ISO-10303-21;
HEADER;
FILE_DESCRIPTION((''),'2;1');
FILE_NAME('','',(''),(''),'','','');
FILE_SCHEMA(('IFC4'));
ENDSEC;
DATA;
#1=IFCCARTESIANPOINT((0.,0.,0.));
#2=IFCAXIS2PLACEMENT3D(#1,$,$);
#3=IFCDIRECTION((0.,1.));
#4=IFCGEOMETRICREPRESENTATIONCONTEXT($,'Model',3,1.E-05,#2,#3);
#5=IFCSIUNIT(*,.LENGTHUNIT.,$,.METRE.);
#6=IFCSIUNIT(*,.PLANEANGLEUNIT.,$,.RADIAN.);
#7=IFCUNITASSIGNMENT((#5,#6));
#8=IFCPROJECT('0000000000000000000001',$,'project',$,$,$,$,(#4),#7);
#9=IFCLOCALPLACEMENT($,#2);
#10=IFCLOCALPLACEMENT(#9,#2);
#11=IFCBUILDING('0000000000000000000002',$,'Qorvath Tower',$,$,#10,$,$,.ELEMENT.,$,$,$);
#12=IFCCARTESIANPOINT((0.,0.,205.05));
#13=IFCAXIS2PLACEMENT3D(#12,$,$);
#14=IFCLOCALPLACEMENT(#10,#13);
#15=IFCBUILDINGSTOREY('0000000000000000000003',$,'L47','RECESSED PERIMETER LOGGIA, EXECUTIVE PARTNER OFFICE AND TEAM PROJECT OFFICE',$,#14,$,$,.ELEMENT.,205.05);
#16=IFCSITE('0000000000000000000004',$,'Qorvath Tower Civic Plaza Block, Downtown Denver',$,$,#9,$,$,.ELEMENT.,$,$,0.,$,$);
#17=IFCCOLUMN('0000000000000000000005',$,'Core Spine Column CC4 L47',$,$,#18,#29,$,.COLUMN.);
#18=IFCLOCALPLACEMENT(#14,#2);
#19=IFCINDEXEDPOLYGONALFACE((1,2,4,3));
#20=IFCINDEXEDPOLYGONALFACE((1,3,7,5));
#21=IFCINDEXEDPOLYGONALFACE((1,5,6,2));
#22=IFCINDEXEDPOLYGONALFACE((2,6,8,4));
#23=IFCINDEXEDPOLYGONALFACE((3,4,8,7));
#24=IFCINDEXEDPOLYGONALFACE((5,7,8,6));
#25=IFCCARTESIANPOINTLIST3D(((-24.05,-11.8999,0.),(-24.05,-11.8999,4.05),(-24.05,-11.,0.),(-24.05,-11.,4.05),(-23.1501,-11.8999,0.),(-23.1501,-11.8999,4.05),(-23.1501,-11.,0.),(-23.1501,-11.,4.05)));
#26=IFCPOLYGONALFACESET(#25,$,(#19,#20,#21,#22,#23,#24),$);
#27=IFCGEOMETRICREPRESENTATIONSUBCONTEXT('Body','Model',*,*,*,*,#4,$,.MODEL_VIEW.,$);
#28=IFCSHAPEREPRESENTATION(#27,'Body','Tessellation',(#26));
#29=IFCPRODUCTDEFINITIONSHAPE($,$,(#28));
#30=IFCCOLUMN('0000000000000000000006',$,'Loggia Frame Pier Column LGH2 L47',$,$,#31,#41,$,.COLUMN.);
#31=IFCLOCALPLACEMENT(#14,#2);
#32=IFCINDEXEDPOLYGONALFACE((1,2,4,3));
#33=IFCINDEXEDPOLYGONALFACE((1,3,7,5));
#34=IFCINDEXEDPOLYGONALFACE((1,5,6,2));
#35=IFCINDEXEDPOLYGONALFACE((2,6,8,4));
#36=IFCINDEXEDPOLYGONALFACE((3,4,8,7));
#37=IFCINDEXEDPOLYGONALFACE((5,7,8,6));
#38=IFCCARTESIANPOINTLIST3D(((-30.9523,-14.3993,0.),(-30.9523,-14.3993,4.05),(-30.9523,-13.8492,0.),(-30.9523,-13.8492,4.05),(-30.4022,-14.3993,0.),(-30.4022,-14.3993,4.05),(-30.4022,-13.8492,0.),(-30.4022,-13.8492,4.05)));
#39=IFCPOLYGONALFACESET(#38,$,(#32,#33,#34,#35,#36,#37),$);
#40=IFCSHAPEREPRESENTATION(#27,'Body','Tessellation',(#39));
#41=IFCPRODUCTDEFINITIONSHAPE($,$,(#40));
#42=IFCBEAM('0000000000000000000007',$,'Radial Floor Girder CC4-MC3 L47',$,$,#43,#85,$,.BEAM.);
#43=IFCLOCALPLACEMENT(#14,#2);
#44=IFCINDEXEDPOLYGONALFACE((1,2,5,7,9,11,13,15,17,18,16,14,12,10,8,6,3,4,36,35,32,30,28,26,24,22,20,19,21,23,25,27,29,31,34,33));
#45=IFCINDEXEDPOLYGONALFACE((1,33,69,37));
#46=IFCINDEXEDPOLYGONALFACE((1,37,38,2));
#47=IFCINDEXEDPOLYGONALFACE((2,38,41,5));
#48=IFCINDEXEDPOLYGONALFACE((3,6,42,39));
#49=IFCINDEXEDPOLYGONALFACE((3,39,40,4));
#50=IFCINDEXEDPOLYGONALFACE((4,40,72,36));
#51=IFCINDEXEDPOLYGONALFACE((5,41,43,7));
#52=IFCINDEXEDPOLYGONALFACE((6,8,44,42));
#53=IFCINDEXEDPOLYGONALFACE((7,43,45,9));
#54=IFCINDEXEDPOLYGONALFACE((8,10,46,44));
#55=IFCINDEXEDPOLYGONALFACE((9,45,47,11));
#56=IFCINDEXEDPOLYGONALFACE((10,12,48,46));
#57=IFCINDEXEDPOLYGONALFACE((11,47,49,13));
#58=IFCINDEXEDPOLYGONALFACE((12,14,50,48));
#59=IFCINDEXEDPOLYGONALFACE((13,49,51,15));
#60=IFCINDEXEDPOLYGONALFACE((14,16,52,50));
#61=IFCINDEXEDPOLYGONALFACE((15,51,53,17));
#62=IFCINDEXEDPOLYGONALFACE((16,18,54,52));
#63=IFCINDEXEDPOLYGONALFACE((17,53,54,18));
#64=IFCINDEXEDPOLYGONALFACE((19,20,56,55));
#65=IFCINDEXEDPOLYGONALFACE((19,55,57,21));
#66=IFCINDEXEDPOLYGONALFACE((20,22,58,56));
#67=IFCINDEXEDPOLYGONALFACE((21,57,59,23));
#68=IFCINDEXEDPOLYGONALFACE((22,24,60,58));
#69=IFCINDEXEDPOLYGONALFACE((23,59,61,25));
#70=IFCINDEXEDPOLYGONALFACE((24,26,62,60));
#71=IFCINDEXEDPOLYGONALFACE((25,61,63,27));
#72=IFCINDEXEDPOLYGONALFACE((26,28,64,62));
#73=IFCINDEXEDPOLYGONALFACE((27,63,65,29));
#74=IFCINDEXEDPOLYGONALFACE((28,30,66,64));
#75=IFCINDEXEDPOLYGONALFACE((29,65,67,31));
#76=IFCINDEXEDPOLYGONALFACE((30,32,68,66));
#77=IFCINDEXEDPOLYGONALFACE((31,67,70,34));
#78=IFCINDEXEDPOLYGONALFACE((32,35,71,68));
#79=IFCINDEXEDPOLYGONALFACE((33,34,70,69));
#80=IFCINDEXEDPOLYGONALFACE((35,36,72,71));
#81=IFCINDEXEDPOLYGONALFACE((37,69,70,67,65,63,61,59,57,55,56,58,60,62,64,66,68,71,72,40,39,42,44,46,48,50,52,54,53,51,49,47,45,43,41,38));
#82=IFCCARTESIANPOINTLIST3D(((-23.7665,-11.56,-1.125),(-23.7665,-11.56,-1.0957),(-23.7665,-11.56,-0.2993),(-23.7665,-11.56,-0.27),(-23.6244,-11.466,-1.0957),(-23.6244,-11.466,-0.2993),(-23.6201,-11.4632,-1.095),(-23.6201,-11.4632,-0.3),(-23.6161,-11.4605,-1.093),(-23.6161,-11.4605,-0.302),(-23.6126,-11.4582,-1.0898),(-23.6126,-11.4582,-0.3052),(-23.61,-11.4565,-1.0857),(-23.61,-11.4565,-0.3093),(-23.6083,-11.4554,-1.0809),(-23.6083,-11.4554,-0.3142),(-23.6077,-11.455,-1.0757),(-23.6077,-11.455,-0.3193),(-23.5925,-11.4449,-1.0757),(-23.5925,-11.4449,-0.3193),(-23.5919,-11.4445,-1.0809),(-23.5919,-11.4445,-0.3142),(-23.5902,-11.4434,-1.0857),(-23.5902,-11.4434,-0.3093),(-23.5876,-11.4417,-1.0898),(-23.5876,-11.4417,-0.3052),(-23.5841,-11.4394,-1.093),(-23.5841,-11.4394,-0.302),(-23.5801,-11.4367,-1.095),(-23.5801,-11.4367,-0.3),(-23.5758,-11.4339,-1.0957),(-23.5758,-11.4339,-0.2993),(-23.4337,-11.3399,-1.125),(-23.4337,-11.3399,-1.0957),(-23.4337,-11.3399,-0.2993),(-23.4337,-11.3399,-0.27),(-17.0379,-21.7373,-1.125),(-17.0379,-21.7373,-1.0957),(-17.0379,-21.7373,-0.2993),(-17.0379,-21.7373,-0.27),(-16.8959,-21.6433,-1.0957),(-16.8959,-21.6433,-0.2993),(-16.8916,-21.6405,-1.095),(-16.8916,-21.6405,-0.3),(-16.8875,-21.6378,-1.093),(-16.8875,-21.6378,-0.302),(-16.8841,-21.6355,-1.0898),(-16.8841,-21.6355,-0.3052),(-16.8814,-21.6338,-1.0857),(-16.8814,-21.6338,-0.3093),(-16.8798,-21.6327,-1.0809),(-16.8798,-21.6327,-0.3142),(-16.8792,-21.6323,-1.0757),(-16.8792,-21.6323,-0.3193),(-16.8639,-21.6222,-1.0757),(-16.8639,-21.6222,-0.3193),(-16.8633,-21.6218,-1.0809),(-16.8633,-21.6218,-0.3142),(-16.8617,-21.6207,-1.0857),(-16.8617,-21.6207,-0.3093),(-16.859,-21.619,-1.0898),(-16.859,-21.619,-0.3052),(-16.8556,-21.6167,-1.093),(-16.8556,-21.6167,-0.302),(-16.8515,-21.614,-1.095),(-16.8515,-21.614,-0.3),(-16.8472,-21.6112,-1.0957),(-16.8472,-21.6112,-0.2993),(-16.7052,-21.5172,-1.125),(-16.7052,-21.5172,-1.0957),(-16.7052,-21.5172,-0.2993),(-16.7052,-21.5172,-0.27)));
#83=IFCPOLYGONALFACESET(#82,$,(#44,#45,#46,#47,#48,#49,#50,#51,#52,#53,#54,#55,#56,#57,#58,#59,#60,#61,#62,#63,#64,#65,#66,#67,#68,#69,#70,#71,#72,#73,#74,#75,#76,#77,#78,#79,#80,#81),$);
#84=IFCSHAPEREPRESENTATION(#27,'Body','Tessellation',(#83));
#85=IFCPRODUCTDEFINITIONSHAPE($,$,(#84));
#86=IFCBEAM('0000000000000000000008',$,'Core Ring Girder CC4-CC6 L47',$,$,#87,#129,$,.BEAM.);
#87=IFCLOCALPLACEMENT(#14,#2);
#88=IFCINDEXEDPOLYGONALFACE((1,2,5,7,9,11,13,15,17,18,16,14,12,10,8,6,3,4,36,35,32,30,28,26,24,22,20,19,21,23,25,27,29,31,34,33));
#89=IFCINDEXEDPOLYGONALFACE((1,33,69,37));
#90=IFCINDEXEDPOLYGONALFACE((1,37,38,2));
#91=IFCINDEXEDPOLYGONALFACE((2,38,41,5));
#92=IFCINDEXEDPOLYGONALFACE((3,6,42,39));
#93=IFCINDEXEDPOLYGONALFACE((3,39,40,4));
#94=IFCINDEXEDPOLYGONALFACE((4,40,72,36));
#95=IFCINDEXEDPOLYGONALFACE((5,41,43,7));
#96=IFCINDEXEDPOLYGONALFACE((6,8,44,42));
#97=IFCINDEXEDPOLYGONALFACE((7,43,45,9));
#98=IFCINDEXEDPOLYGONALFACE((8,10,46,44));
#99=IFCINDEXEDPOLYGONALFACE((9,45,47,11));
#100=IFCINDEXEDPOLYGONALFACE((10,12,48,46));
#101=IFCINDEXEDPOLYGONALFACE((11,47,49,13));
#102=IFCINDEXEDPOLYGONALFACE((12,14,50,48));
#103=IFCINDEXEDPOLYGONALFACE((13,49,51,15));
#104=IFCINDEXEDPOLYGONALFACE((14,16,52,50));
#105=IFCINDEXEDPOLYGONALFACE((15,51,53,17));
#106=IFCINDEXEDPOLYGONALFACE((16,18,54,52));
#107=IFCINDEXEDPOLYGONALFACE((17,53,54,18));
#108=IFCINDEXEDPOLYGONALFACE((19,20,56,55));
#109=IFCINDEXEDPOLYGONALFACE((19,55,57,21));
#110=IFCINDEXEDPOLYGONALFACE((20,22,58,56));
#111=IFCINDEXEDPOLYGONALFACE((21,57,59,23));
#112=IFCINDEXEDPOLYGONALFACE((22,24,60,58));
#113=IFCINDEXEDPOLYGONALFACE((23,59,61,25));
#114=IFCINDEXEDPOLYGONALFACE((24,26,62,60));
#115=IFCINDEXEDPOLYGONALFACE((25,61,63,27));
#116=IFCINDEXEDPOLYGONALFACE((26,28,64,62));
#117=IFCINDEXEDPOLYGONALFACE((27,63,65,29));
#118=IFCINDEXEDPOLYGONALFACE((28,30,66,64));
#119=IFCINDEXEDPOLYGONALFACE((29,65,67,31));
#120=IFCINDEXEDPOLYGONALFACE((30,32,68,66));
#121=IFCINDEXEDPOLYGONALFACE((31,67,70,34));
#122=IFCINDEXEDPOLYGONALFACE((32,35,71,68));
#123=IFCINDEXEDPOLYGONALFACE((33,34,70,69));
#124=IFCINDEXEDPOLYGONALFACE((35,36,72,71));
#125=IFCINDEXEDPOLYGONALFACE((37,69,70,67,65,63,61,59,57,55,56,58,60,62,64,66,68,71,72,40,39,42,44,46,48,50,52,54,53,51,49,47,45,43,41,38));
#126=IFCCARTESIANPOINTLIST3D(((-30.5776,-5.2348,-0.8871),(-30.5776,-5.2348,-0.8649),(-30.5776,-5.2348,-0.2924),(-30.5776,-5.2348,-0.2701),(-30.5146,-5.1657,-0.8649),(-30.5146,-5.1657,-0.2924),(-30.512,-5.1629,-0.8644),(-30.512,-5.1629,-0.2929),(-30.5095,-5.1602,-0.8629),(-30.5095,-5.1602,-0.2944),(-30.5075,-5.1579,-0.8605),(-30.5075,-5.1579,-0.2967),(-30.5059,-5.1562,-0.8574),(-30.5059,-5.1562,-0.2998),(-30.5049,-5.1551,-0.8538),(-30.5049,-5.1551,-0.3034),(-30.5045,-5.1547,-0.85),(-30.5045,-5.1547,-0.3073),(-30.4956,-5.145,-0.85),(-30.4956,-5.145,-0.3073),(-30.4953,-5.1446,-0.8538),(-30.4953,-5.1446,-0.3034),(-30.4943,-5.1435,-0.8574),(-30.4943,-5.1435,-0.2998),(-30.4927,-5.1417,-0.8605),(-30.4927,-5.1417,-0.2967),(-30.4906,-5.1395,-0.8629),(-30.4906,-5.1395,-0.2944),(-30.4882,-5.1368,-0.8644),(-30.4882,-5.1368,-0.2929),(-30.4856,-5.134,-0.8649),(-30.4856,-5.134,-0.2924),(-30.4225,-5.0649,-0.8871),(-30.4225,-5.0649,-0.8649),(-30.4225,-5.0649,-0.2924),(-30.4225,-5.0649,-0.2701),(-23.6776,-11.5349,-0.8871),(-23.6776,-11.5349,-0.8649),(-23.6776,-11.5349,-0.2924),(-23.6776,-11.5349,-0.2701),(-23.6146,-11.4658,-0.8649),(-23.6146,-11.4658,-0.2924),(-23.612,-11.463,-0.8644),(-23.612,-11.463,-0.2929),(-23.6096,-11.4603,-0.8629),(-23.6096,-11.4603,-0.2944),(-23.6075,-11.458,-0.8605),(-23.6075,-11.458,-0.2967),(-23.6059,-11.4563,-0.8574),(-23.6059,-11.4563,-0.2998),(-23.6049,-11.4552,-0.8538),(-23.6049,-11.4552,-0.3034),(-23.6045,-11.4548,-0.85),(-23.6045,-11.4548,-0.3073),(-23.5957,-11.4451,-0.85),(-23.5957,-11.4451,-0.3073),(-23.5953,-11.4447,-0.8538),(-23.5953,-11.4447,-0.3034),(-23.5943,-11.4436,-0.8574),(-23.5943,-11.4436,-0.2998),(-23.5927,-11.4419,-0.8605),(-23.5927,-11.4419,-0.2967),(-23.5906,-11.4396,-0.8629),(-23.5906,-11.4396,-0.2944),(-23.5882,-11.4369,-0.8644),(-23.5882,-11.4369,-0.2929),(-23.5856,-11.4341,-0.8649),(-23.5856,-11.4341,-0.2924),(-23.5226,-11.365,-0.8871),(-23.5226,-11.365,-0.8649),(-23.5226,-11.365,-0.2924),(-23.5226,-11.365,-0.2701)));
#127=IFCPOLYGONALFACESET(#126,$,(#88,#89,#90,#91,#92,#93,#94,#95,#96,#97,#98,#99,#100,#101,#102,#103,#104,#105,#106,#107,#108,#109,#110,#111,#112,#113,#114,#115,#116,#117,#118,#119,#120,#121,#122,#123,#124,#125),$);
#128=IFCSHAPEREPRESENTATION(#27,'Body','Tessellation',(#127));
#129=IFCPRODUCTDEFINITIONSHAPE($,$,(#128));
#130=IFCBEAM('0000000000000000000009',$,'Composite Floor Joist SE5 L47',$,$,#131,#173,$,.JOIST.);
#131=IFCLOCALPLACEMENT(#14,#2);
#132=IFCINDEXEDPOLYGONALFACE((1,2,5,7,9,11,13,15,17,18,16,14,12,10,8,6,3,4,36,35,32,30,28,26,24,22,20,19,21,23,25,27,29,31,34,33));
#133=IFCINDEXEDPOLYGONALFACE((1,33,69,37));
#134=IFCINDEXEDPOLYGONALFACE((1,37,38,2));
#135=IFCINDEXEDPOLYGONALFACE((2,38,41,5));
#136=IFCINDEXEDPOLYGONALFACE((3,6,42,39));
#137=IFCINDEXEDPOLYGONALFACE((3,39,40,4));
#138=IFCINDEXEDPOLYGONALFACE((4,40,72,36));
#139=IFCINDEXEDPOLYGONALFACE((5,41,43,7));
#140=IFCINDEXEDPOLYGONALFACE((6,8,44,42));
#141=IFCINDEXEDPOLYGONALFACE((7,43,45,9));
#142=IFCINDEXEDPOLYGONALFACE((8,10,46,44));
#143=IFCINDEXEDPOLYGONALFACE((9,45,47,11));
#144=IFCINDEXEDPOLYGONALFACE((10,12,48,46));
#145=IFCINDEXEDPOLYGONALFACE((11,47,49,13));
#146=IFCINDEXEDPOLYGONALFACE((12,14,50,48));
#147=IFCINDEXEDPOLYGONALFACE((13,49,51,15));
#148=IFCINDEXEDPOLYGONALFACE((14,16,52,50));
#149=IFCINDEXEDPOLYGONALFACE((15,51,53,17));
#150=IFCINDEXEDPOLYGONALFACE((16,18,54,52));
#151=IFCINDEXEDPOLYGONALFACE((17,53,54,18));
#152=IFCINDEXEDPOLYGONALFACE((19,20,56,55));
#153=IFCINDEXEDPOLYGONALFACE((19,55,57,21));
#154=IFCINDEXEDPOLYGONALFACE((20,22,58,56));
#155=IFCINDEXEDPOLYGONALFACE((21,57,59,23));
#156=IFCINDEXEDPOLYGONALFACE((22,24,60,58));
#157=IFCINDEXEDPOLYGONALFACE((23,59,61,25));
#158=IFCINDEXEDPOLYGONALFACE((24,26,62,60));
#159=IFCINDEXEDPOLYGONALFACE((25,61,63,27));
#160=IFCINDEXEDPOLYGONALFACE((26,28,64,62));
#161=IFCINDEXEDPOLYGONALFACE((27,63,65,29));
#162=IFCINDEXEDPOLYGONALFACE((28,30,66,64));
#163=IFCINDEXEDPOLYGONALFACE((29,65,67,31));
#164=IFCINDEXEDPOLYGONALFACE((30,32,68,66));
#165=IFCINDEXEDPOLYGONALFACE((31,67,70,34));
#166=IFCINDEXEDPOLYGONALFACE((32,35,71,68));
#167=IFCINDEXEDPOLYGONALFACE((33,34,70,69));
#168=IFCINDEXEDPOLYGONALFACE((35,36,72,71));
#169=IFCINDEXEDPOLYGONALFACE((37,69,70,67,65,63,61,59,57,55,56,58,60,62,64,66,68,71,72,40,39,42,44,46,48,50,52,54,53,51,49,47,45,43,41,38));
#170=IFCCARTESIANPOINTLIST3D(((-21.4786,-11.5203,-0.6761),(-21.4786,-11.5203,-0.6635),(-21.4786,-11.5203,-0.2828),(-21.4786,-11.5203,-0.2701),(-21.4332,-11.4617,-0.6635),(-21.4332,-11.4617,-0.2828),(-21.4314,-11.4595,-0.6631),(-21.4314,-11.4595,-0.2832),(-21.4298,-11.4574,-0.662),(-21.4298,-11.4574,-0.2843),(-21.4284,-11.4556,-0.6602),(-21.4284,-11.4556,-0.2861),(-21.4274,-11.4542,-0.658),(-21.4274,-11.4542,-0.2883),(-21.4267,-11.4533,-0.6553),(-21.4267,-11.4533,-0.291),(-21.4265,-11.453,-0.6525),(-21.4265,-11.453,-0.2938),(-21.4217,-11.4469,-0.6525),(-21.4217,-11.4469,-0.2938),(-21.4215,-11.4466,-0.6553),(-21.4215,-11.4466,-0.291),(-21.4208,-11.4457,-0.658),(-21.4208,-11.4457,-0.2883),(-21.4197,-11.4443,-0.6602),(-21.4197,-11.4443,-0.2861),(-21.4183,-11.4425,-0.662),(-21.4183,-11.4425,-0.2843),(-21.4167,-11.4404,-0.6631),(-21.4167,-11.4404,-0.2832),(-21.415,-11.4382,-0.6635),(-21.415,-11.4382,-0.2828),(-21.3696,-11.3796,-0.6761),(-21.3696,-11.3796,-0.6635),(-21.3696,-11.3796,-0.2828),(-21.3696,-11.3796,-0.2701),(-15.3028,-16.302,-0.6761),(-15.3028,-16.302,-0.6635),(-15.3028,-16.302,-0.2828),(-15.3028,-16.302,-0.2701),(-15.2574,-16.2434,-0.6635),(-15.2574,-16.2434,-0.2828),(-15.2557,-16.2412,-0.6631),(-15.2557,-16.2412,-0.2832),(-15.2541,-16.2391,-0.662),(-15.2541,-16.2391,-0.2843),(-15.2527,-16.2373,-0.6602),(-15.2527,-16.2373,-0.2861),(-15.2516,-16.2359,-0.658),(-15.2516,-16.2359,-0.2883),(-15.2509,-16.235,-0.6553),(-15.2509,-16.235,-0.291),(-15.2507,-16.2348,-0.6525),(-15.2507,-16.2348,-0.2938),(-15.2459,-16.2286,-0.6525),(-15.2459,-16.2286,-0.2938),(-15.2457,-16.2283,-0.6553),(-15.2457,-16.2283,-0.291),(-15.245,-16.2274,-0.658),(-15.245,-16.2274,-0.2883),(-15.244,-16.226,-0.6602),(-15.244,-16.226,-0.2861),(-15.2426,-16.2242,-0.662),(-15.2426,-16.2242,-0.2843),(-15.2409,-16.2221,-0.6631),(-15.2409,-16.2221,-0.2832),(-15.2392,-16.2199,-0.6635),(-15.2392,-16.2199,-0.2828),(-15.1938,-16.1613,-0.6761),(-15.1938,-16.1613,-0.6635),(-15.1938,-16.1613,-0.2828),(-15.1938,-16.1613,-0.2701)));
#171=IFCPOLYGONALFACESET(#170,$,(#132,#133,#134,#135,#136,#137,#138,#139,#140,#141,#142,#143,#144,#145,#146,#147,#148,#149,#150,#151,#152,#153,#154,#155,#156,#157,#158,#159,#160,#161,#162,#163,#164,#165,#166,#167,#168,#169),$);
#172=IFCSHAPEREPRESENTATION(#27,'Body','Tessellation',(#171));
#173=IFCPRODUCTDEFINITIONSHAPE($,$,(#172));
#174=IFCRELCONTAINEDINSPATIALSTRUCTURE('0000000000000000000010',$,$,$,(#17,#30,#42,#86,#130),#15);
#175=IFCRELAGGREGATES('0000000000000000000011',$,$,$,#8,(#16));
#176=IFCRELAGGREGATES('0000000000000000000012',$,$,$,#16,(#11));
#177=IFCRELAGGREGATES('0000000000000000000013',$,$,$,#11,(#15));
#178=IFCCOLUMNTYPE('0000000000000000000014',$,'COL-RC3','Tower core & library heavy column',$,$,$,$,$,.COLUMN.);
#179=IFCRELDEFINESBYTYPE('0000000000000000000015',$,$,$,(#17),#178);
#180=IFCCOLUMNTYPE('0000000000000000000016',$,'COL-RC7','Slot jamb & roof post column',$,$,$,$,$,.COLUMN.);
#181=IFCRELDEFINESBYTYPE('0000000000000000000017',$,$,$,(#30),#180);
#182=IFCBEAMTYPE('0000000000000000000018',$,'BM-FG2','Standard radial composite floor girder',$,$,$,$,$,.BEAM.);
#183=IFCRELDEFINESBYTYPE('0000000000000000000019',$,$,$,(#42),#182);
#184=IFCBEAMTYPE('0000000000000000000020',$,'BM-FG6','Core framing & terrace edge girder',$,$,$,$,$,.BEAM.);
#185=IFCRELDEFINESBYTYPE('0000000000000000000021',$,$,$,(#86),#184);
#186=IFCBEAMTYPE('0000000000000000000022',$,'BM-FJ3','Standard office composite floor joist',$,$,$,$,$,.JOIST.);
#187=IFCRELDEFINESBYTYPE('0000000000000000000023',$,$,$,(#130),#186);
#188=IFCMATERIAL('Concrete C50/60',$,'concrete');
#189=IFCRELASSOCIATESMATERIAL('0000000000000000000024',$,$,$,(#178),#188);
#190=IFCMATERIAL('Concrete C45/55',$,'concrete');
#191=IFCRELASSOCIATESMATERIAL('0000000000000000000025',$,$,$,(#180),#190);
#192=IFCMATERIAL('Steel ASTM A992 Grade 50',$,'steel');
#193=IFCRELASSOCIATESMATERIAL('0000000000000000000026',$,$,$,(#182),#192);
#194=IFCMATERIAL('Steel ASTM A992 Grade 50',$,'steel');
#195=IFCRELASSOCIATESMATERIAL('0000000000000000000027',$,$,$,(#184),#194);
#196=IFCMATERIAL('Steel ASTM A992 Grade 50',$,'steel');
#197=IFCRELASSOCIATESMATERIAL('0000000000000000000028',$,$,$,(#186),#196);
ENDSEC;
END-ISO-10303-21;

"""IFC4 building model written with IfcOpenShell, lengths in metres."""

from ifc_helpers import new_model, si_unit, direction, frame, origin, origin_2d, place, context, subcontext, project, spatial, rectangle, i_section, extrude, material, material_profile, profile_set, type_object, element, save


model = new_model("IFC4")

# Units and contexts
model_context = context("Model", 3, precision=1e-05, world=origin(), true_north=direction((0.0, 1.0)))
body_context = subcontext(model_context, "Body", "Model", "MODEL_VIEW")
ifc_project = project(units=[si_unit("LENGTHUNIT", "METRE"), si_unit("PLANEANGLEUNIT", "RADIAN")], contexts=[model_context])

# Site, building, storey
site_placement = place(None, origin())
site = spatial("IfcSite", under=ifc_project, at=site_placement, Name="Qorvath Tower Civic Plaza Block, Downtown Denver", CompositionType="ELEMENT", RefElevation=0.0)
building_placement = place(site_placement, origin())
building = spatial("IfcBuilding", under=site, at=building_placement, Name="Qorvath Tower", CompositionType="ELEMENT")
storey_placement = place(building_placement, frame((0.0, 0.0, 205.05)))
storey = spatial("IfcBuildingStorey", under=building, at=storey_placement, Name="L47", Description="RECESSED PERIMETER LOGGIA, EXECUTIVE PARTNER OFFICE AND TEAM PROJECT OFFICE", CompositionType="ELEMENT", Elevation=205.05)

# Columns
ifc_material_1 = material(Name="Concrete C50/60", Category="concrete")
ifc_material_profile_1 = material_profile(ifc_material_1, rectangle(XDim=0.8999, YDim=0.8999, at=origin_2d()), Name="RC 900x900")
ifc_profile_set_1 = profile_set([ifc_material_profile_1], Name="Concrete C50/60")
column_type_1 = type_object("IfcColumnType", Name="COL-RC3", Description="Tower core & library heavy column", PredefinedType="COLUMN", material=ifc_profile_set_1)
column_1_placement = place(storey_placement, frame((-23.6001, -11.45, 0.0), z_axis=(0.0, 0.0, 1.0), x_axis=(1.0, 0.0, 0.0)))
element("IfcColumn", 1, at=column_1_placement, inside=storey, type_object=column_type_1, Name="Core Spine Column CC4 L47", PredefinedType="COLUMN", context=body_context, shape_type="SweptSolid", body=[
    extrude(rectangle(XDim=0.8999, YDim=0.8999, at=origin_2d()), origin(), (0.0, 0.0, 1.0), 4.05),
])
ifc_material_2 = material(Name="Concrete C45/55", Category="concrete")
ifc_material_profile_2 = material_profile(ifc_material_2, rectangle(XDim=0.55, YDim=0.55, at=origin_2d()), Name="RC 550x550")
ifc_profile_set_2 = profile_set([ifc_material_profile_2], Name="Concrete C45/55")
column_type_2 = type_object("IfcColumnType", Name="COL-RC7", Description="Slot jamb & roof post column", PredefinedType="COLUMN", material=ifc_profile_set_2)
column_2_placement = place(storey_placement, frame((-30.6772, -14.1243, 0.0), z_axis=(0.0, 0.0, 1.0), x_axis=(1.0, 0.0, 0.0)))
element("IfcColumn", 2, at=column_2_placement, inside=storey, type_object=column_type_2, Name="Loggia Frame Pier Column LGH2 L47", PredefinedType="COLUMN", context=body_context, shape_type="SweptSolid", body=[
    extrude(rectangle(XDim=0.55, YDim=0.55, at=origin_2d()), origin(), (0.0, 0.0, 1.0), 4.05),
])

# Beams
ifc_material_3 = material(Name="Steel ASTM A992 Grade 50", Category="steel")
ifc_material_profile_3 = material_profile(ifc_material_3, i_section(OverallWidth=0.3989, OverallDepth=0.855, WebThickness=0.0183, FlangeThickness=0.0293, FilletRadius=0.02, at=origin_2d()), Name="W33x201")
ifc_profile_set_3 = profile_set([ifc_material_profile_3], Name="Steel ASTM A992 Grade 50")
beam_type_1 = type_object("IfcBeamType", Name="BM-FG2", Description="Standard radial composite floor girder", PredefinedType="BEAM", material=ifc_profile_set_3)
beam_1_placement = place(storey_placement, frame((-23.6001, -11.45, -0.6975), z_axis=(0.551501, -0.834175, 0.0), x_axis=(0.834175, 0.551501, 0.0)))
element("IfcBeam", 3, at=beam_1_placement, inside=storey, type_object=beam_type_1, Name="Radial Floor Girder CC4-MC3 L47", PredefinedType="BEAM", context=body_context, shape_type="SweptSolid", body=[
    extrude(i_section(OverallWidth=0.3989, OverallDepth=0.855, WebThickness=0.0183, FlangeThickness=0.0293, FilletRadius=0.02, at=origin_2d()), origin(), (0.0, 0.0, 1.0), 12.2004),
])
ifc_material_4 = material(Name="Steel ASTM A992 Grade 50", Category="steel")
ifc_material_profile_4 = material_profile(ifc_material_4, i_section(OverallWidth=0.23, OverallDepth=0.6169, WebThickness=0.0132, FlangeThickness=0.0222, FilletRadius=0.0149, at=origin_2d()), Name="W24x94")
ifc_profile_set_4 = profile_set([ifc_material_profile_4], Name="Steel ASTM A992 Grade 50")
beam_type_2 = type_object("IfcBeamType", Name="BM-FG6", Description="Core framing & terrace edge girder", PredefinedType="BEAM", material=ifc_profile_set_4)
beam_2_placement = place(storey_placement, frame((-23.6001, -11.45, -0.5786), z_axis=(-0.738478, 0.674277, 0.0), x_axis=(-0.674277, -0.738478, 0.0)))
element("IfcBeam", 4, at=beam_2_placement, inside=storey, type_object=beam_type_2, Name="Core Ring Girder CC4-CC6 L47", PredefinedType="BEAM", context=body_context, shape_type="SweptSolid", body=[
    extrude(i_section(OverallWidth=0.23, OverallDepth=0.6169, WebThickness=0.0132, FlangeThickness=0.0222, FilletRadius=0.0149, at=origin_2d()), origin(), (0.0, 0.0, 1.0), 9.3435),
])
ifc_material_5 = material(Name="Steel ASTM A992 Grade 50", Category="steel")
ifc_material_profile_5 = material_profile(ifc_material_5, i_section(OverallWidth=0.178, OverallDepth=0.406, WebThickness=0.0078, FlangeThickness=0.0127, FilletRadius=0.011, at=origin_2d()), Name="W16x40")
ifc_profile_set_5 = profile_set([ifc_material_profile_5], Name="Steel ASTM A992 Grade 50")
beam_type_3 = type_object("IfcBeamType", Name="BM-FJ3", Description="Standard office composite floor joist", PredefinedType="JOIST", material=ifc_profile_set_5)
beam_3_placement = place(storey_placement, frame((-21.4241, -11.45, -0.4731), z_axis=(0.790693, -0.612212, 0.0), x_axis=(0.612212, 0.790693, 0.0)))
element("IfcBeam", 5, at=beam_3_placement, inside=storey, type_object=beam_type_3, Name="Composite Floor Joist SE5 L47", PredefinedType="JOIST", context=body_context, shape_type="SweptSolid", body=[
    extrude(i_section(OverallWidth=0.178, OverallDepth=0.406, WebThickness=0.0078, FlangeThickness=0.0127, FilletRadius=0.011, at=origin_2d()), origin(), (0.0, 0.0, 1.0), 7.8105),
])

save(model, "model.ifc")
